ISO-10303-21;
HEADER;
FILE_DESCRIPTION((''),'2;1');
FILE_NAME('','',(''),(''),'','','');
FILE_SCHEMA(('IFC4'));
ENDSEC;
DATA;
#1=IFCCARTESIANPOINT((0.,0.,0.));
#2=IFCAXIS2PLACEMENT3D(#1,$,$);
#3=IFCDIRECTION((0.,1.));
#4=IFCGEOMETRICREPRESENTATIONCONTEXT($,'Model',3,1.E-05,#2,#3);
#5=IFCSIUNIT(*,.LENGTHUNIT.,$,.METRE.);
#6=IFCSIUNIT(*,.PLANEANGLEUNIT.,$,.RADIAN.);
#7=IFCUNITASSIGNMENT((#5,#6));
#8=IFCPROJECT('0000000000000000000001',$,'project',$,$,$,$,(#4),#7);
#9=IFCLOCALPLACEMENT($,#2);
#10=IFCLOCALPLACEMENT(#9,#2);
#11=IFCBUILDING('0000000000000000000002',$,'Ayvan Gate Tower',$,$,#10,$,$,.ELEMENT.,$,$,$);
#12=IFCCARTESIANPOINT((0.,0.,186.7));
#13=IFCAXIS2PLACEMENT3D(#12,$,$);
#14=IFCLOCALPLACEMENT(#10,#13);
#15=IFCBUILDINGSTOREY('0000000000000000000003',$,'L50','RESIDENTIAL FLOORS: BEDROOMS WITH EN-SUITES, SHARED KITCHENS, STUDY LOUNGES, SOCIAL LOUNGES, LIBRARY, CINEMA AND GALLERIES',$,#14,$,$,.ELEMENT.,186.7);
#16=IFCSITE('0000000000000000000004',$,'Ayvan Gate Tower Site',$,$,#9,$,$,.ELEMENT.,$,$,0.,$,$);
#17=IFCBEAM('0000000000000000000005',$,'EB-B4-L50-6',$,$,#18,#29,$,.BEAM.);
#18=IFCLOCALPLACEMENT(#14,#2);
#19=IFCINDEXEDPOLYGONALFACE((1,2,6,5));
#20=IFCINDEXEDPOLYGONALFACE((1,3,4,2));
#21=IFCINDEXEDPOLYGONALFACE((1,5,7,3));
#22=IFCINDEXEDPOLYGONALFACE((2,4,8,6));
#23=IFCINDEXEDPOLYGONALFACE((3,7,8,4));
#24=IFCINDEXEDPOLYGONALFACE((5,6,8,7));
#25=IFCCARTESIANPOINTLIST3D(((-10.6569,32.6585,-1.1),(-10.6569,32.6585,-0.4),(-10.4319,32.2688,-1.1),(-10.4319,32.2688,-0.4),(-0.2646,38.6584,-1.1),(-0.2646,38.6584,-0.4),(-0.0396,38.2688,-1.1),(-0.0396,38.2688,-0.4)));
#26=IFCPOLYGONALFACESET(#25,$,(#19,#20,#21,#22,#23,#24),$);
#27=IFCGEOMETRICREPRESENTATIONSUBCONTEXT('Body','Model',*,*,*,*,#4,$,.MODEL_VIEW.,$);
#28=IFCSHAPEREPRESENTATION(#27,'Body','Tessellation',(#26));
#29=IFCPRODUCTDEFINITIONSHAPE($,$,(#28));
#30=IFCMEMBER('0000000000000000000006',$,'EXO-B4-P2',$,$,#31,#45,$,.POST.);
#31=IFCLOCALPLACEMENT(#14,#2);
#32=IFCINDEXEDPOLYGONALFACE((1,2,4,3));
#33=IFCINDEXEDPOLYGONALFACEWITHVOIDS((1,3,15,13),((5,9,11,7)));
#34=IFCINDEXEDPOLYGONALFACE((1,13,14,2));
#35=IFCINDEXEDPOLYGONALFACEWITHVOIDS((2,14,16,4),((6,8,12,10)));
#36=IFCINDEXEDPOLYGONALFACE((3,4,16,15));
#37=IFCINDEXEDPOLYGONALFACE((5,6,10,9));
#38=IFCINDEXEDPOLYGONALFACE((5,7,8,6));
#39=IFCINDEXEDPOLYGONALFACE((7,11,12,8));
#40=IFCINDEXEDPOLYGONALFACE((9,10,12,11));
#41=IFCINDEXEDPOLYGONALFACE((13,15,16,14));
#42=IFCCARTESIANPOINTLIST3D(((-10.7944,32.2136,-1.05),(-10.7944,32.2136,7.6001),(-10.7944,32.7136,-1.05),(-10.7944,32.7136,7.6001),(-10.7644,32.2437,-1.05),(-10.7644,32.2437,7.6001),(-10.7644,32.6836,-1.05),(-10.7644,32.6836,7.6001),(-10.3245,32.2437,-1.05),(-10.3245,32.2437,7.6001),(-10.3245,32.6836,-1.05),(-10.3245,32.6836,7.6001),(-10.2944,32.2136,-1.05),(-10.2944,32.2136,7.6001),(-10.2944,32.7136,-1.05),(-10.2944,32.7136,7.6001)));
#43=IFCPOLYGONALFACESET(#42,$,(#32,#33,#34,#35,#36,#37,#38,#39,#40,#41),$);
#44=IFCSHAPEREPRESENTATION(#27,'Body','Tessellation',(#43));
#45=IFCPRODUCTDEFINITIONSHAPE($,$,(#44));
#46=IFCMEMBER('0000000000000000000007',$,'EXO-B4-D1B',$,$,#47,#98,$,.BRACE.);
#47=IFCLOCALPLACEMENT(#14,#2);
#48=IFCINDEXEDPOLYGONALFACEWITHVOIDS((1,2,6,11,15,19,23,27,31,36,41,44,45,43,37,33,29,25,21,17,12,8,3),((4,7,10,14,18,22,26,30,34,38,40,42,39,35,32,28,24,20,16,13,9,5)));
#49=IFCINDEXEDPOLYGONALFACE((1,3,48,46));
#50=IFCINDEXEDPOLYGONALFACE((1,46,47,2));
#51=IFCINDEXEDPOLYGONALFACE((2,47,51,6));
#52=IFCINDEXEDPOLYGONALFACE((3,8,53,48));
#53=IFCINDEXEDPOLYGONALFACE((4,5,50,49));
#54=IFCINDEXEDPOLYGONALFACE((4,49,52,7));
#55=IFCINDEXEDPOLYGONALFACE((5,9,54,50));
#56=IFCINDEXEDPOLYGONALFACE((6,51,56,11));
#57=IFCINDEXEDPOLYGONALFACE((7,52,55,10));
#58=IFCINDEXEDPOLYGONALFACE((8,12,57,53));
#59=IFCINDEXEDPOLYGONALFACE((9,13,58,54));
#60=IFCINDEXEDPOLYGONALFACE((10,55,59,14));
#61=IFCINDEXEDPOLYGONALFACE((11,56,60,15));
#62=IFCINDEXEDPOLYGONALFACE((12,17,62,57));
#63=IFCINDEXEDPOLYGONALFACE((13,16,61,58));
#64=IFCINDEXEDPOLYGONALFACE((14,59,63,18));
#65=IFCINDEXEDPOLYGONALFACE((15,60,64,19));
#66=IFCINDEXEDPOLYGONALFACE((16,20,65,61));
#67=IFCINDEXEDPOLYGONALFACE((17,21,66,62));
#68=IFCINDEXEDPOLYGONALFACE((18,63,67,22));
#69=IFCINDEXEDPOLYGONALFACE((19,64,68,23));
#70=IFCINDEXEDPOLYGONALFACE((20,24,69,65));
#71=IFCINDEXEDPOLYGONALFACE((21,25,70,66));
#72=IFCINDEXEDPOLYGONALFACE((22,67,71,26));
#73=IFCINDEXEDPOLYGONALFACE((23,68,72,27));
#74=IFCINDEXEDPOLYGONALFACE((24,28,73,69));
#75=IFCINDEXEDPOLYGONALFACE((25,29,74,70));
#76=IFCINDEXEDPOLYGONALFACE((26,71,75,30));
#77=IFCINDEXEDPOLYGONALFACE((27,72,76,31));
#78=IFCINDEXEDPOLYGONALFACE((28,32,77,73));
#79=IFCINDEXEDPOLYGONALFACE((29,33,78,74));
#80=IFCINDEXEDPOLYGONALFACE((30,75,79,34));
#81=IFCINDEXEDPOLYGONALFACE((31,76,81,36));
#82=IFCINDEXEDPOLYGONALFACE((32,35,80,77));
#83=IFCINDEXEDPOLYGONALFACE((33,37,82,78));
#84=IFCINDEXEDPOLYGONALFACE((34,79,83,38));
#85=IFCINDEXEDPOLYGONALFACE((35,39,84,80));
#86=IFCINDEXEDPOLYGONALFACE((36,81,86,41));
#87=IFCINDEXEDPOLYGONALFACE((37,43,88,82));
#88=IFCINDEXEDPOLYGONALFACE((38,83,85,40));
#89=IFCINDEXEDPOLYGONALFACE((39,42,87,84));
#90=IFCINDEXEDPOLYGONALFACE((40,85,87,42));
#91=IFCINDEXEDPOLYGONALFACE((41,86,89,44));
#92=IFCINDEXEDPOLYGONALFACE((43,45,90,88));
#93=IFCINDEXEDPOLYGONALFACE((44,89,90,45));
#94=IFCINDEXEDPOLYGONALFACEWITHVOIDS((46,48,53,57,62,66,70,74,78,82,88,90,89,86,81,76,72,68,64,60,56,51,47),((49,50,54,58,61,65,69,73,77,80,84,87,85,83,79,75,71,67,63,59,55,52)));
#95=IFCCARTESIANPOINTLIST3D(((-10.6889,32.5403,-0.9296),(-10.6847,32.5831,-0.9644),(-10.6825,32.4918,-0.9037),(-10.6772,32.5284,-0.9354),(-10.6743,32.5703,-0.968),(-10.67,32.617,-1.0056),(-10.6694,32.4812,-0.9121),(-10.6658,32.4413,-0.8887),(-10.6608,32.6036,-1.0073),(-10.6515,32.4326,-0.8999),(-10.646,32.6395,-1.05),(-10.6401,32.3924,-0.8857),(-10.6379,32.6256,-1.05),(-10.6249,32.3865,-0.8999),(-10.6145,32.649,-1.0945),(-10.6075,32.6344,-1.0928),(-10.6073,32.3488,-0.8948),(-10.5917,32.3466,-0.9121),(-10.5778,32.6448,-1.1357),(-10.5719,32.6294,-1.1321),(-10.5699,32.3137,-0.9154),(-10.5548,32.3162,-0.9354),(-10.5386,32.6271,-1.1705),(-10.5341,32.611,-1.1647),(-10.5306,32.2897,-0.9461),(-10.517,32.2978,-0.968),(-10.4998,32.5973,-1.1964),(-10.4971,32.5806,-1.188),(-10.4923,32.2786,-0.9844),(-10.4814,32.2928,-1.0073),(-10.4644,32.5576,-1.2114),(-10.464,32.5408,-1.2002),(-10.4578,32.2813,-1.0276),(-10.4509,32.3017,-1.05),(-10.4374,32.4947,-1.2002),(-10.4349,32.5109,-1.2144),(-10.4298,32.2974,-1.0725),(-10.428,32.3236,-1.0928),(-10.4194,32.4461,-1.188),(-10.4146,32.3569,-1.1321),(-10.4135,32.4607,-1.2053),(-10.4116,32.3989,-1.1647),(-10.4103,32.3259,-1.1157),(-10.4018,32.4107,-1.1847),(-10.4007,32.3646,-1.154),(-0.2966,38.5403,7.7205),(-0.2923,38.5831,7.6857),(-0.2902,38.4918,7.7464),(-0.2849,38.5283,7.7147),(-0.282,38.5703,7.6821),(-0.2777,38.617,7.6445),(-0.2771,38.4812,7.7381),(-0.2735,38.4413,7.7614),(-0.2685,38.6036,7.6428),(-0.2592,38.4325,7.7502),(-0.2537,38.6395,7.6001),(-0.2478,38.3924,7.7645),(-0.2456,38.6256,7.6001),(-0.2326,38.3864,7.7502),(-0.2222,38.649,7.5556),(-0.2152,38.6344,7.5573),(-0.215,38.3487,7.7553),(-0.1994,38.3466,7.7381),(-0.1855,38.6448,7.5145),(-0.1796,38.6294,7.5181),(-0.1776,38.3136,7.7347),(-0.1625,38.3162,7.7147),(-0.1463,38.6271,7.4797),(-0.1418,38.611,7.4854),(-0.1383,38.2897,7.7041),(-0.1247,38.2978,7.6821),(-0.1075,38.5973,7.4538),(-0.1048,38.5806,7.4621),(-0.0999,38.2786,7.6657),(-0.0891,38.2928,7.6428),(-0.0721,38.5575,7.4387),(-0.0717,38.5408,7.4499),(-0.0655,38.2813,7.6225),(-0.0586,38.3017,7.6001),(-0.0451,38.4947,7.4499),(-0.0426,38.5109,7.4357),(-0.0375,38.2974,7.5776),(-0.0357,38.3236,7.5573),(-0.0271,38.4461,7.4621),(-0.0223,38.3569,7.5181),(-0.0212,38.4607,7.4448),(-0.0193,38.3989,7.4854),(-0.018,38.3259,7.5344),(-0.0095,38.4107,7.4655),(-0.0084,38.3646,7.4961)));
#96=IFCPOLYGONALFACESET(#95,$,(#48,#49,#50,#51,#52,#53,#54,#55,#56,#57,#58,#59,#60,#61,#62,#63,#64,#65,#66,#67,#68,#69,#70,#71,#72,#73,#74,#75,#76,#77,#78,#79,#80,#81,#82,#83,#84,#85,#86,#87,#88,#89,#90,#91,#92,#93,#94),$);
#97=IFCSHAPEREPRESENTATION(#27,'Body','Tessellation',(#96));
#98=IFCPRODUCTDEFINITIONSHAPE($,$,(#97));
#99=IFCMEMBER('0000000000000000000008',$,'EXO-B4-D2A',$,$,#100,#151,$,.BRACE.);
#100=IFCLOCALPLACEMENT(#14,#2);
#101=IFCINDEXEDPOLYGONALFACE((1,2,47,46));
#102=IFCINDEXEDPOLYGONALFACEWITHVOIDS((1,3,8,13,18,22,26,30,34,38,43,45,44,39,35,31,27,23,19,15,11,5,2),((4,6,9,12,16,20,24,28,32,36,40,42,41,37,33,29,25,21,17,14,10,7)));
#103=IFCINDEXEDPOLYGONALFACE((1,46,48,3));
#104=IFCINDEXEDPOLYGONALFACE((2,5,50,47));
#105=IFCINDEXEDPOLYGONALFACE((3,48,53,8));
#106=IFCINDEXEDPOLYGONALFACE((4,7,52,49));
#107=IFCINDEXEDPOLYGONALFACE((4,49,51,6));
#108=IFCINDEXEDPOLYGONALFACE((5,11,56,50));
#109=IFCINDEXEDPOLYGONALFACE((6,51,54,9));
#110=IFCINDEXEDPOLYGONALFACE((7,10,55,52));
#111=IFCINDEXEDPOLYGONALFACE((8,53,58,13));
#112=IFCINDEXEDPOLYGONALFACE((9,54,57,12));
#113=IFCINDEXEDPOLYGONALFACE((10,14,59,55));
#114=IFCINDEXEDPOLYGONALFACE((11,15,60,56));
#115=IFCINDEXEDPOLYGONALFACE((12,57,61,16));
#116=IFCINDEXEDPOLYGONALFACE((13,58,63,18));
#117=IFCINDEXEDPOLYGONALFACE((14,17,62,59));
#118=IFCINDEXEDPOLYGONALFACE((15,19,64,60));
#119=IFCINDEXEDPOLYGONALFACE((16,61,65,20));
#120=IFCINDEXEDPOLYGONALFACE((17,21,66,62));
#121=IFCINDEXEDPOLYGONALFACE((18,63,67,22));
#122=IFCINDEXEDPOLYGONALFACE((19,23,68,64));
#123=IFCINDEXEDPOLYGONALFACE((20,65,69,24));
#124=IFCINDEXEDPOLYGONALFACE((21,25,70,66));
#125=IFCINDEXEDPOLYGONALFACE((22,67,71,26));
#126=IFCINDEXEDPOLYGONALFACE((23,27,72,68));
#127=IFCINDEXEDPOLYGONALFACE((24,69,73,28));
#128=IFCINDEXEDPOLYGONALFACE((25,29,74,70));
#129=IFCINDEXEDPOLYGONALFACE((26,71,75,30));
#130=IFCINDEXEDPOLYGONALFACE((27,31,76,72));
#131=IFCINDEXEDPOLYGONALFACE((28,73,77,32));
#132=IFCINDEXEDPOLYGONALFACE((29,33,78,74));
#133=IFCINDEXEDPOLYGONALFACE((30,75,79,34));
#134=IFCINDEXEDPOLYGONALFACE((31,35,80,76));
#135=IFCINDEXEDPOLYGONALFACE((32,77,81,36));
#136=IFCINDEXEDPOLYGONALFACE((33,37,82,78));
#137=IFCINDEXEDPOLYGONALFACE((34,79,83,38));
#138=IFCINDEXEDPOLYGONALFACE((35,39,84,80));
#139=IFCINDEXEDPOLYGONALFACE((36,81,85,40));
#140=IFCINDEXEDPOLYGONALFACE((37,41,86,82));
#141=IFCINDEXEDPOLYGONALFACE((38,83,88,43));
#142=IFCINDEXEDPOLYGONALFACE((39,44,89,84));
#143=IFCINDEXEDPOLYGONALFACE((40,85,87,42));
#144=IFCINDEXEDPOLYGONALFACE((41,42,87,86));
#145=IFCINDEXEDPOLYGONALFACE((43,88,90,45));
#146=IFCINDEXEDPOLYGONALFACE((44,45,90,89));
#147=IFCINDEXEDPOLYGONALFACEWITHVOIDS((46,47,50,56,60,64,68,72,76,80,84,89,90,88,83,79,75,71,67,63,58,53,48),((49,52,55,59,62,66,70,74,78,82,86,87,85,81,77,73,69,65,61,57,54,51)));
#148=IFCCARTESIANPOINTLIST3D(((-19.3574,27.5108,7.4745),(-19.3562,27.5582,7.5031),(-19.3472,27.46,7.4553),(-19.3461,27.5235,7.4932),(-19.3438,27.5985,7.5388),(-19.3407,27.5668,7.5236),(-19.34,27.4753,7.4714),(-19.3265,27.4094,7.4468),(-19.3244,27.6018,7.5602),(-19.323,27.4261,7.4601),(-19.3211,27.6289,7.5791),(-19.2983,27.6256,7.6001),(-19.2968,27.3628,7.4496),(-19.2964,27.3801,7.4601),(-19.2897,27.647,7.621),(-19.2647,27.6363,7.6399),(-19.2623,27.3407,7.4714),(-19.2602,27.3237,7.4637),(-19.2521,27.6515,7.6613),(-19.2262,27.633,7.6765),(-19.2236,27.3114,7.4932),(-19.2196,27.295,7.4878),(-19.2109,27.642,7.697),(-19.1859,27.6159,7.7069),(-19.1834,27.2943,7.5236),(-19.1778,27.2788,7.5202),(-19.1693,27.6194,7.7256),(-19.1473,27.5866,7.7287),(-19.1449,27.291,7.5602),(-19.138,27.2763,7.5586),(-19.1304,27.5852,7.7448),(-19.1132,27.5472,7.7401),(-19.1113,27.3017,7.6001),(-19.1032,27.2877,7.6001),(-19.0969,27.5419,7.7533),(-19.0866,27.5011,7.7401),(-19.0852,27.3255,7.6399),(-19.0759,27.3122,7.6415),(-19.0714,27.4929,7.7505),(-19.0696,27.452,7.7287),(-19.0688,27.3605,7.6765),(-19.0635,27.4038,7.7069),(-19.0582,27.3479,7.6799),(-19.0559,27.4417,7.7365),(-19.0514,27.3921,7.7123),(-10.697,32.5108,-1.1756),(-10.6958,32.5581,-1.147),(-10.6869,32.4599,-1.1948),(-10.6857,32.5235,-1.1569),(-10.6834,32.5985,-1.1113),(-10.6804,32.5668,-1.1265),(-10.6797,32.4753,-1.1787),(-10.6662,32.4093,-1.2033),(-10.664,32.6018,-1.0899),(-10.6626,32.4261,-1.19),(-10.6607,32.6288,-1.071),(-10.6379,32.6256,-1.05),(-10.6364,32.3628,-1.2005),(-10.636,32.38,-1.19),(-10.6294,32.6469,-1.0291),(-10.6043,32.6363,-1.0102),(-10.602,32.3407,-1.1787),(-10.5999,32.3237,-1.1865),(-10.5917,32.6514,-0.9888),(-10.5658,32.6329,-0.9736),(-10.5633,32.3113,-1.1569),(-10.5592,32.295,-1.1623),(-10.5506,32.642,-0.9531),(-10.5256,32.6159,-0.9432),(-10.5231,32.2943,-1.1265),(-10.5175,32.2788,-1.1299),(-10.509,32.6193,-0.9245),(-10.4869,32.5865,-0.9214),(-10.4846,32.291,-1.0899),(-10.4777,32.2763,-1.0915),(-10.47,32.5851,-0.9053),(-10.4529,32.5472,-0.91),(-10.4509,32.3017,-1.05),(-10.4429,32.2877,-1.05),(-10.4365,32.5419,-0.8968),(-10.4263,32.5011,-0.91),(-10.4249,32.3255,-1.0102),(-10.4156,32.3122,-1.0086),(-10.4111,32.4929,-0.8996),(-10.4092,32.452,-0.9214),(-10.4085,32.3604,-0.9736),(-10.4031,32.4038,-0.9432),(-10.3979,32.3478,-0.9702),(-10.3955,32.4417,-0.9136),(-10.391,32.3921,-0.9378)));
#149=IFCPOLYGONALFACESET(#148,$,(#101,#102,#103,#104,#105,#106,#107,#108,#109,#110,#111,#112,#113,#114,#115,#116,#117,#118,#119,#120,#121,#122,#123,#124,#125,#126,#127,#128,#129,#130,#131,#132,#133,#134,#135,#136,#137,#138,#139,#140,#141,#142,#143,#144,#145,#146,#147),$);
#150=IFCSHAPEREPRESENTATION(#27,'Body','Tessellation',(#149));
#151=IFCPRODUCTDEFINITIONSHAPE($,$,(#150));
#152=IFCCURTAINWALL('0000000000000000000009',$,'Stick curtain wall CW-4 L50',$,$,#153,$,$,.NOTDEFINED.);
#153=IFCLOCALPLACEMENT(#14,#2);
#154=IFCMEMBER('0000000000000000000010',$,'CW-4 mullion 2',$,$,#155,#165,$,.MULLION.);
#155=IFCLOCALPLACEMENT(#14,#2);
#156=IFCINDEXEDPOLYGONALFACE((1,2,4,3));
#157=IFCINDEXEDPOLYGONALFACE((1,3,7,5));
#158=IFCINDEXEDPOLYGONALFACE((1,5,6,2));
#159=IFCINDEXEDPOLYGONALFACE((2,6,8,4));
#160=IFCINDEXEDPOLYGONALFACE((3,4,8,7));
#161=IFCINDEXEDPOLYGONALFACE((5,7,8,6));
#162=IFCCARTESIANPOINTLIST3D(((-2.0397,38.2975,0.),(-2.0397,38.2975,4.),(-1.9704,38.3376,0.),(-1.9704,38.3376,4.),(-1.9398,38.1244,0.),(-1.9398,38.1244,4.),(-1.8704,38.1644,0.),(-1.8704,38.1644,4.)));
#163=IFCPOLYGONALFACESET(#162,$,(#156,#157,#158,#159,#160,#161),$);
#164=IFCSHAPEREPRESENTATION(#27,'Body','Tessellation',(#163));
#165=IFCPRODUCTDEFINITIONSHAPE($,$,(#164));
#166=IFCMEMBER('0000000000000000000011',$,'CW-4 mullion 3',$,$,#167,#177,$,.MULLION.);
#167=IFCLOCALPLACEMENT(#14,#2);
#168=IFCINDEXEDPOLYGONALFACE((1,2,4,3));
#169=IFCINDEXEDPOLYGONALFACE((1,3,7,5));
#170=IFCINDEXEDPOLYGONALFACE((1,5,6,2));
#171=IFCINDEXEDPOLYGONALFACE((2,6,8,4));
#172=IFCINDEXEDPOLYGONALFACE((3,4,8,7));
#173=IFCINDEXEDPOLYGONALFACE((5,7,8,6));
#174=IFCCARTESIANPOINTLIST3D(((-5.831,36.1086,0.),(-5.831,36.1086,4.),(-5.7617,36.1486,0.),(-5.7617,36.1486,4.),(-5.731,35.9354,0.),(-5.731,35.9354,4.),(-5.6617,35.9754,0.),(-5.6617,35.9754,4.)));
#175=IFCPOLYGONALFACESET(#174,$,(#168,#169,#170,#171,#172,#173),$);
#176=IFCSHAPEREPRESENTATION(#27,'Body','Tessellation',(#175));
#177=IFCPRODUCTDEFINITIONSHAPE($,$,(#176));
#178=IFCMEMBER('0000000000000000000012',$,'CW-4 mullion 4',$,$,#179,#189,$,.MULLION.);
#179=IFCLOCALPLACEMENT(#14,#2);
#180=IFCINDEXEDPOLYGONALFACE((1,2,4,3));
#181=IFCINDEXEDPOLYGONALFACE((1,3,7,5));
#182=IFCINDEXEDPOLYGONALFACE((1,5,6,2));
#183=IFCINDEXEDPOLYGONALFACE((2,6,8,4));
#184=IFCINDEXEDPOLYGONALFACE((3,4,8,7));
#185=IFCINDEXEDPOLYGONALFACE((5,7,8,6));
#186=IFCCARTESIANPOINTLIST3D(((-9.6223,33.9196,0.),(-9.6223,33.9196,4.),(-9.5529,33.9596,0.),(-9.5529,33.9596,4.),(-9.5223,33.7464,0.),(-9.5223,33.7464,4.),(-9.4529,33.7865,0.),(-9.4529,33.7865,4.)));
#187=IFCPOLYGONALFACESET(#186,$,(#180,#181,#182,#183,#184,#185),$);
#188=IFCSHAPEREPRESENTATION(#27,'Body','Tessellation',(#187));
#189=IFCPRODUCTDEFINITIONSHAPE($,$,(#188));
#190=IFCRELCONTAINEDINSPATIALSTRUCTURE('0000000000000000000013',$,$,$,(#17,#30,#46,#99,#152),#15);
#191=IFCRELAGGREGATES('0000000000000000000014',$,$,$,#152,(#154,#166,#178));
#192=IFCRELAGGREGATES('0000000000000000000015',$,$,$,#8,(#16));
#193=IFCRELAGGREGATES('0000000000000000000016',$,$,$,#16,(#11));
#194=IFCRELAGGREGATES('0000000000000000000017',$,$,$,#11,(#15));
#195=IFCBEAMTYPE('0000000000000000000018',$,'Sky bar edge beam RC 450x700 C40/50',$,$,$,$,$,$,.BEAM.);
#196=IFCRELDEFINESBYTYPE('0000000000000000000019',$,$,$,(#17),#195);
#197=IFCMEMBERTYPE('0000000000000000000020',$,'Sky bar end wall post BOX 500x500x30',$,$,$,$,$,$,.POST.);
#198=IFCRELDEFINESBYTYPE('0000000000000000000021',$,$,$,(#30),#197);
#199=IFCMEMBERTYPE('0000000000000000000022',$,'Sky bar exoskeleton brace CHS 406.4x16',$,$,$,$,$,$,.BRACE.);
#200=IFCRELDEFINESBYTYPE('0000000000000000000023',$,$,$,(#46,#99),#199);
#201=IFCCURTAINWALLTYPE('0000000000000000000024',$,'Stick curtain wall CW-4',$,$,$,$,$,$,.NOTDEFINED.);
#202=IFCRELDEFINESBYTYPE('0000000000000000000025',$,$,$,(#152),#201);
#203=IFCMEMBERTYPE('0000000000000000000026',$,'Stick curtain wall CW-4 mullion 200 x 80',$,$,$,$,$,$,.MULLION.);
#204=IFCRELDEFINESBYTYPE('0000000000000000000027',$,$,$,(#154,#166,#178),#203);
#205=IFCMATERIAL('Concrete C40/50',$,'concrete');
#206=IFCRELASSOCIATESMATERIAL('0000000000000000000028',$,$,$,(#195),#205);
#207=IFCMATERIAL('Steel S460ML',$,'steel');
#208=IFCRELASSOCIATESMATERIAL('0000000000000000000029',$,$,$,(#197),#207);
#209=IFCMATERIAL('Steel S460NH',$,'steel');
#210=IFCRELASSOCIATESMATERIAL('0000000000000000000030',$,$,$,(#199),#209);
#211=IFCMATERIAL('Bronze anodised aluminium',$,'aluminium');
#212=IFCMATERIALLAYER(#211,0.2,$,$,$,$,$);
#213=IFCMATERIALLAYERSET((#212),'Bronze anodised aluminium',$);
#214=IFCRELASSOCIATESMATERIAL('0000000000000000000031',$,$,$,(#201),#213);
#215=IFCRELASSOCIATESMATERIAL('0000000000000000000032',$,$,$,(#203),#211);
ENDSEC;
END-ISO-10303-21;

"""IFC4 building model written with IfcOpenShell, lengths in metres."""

from ifc_helpers import new_model, si_unit, direction, frame, origin, origin_2d, place, context, subcontext, project, spatial, rectangle, hollow_rectangle, hollow_circle, extrude, material, layer, layer_set, material_profile, profile_set, type_object, element, aggregate, save


model = new_model("IFC4")

# Units and contexts
model_context = context("Model", 3, precision=1e-05, world=origin(), true_north=direction((0.0, 1.0)))
body_context = subcontext(model_context, "Body", "Model", "MODEL_VIEW")
ifc_project = project(units=[si_unit("LENGTHUNIT", "METRE"), si_unit("PLANEANGLEUNIT", "RADIAN")], contexts=[model_context])

# Site, building, storey
site_placement = place(None, origin())
site = spatial("IfcSite", under=ifc_project, at=site_placement, Name="Ayvan Gate Tower Site", CompositionType="ELEMENT", RefElevation=0.0)
building_placement = place(site_placement, origin())
building = spatial("IfcBuilding", under=site, at=building_placement, Name="Ayvan Gate Tower", CompositionType="ELEMENT")
storey_placement = place(building_placement, frame((0.0, 0.0, 186.7)))
storey = spatial("IfcBuildingStorey", under=building, at=storey_placement, Name="L50", Description="RESIDENTIAL FLOORS: BEDROOMS WITH EN-SUITES, SHARED KITCHENS, STUDY LOUNGES, SOCIAL LOUNGES, LIBRARY, CINEMA AND GALLERIES", CompositionType="ELEMENT", Elevation=186.7)

# Beam
ifc_material_1 = material(Name="Concrete C40/50", Category="concrete")
ifc_material_profile_1 = material_profile(ifc_material_1, rectangle(XDim=0.45, YDim=0.7, at=origin_2d()), Name="RC 450x700")
ifc_profile_set_1 = profile_set([ifc_material_profile_1], Name="Concrete C40/50")
beam_type = type_object("IfcBeamType", Name="Sky bar edge beam RC 450x700 C40/50", PredefinedType="BEAM", material=ifc_profile_set_1)
beam_placement = place(storey_placement, frame((-10.5444, 32.4636, -0.75), z_axis=(0.866026, 0.499999, 0.0), x_axis=(-0.499999, 0.866026, 0.0)))
element("IfcBeam", 1, at=beam_placement, inside=storey, type_object=beam_type, Name="EB-B4-L50-6", PredefinedType="BEAM", context=body_context, shape_type="SweptSolid", body=[
    extrude(rectangle(XDim=0.45, YDim=0.7, at=origin_2d()), origin(), (0.0, 0.0, 1.0), 12.0),
])

# Members
ifc_material_2 = material(Name="Steel S460ML", Category="steel")
ifc_material_profile_2 = material_profile(ifc_material_2, hollow_rectangle(XDim=0.5, YDim=0.5, WallThickness=0.03, at=origin_2d()), Name="BOX 500x500x30")
ifc_profile_set_2 = profile_set([ifc_material_profile_2], Name="Steel S460ML")
member_type_1 = type_object("IfcMemberType", Name="Sky bar end wall post BOX 500x500x30", PredefinedType="POST", material=ifc_profile_set_2)
member_1_placement = place(storey_placement, frame((-10.5444, 32.4636, -1.05), z_axis=(0.0, 0.0, 1.0), x_axis=(1.0, 0.0, 0.0)))
element("IfcMember", 2, at=member_1_placement, inside=storey, type_object=member_type_1, Name="EXO-B4-P2", PredefinedType="POST", context=body_context, shape_type="SweptSolid", body=[
    extrude(hollow_rectangle(XDim=0.5, YDim=0.5, WallThickness=0.03, at=origin_2d()), origin(), (0.0, 0.0, 1.0), 8.6501),
])
ifc_material_3 = material(Name="Steel S460NH", Category="steel")
ifc_material_profile_3 = material_profile(ifc_material_3, hollow_circle(Radius=0.2031, WallThickness=0.0161, at=origin_2d()), Name="CHS 406.4x16")
ifc_profile_set_3 = profile_set([ifc_material_profile_3], Name="Steel S460NH")
member_type_2 = type_object("IfcMemberType", Name="Sky bar exoskeleton brace CHS 406.4x16", PredefinedType="BRACE", material=ifc_profile_set_3)
member_2_placement = place(storey_placement, frame((-10.5444, 32.4636, -1.05), z_axis=(0.702529, 0.405604, 0.584756), x_axis=(-0.499999, 0.866026, 0.0)))
element("IfcMember", 3, at=member_2_placement, inside=storey, type_object=member_type_2, Name="EXO-B4-D1B", PredefinedType="BRACE", context=body_context, shape_type="SweptSolid", body=[
    extrude(hollow_circle(Radius=0.2031, WallThickness=0.0161, at=origin_2d()), origin(), (0.0, 0.0, 1.0), 14.7927),
])
member_3_placement = place(storey_placement, frame((-10.5444, 32.4636, -1.05), z_axis=(-0.654987, -0.378151, 0.654212), x_axis=(0.499994, -0.866029, 0.0)))
element("IfcMember", 4, at=member_3_placement, inside=storey, type_object=member_type_2, Name="EXO-B4-D2A", PredefinedType="BRACE", context=body_context, shape_type="SweptSolid", body=[
    extrude(hollow_circle(Radius=0.2031, WallThickness=0.0161, at=origin_2d()), origin(), (0.0, 0.0, 1.0), 13.2222),
])

# Curtain wall, members
ifc_material_4 = material(Name="Bronze anodised aluminium", Category="aluminium")
ifc_layer_1 = layer(ifc_material_4, 0.2)
ifc_layer_set_1 = layer_set([ifc_layer_1], Name="Bronze anodised aluminium")
curtain_wall_type = type_object("IfcCurtainWallType", Name="Stick curtain wall CW-4", PredefinedType="NOTDEFINED", material=ifc_layer_set_1)
curtain_wall_placement = place(storey_placement, origin())
curtain_wall = element("IfcCurtainWall", 5, at=curtain_wall_placement, inside=storey, type_object=curtain_wall_type, Name="Stick curtain wall CW-4 L50", PredefinedType="NOTDEFINED")
ifc_material_profile_4 = material_profile(ifc_material_4, rectangle(XDim=0.2, YDim=0.0801, at=origin_2d()), Name="Stick curtain wall CW-4 mullion 200 x 80")
ifc_profile_set_4 = profile_set([ifc_material_profile_4], Name="Bronze anodised aluminium")
member_type_3 = type_object("IfcMemberType", Name="Stick curtain wall CW-4 mullion 200 x 80", PredefinedType="MULLION", material=ifc_profile_set_4)
member_4_placement = place(storey_placement, frame((-1.9551, 38.231, 0.0), z_axis=(0.0, 0.0, 1.0), x_axis=(-0.5, 0.866025, 0.0)))
member_4 = element("IfcMember", 6, at=member_4_placement, type_object=member_type_3, Name="CW-4 mullion 2", PredefinedType="MULLION", context=body_context, shape_type="SweptSolid", body=[
    extrude(rectangle(XDim=0.2, YDim=0.0801, at=origin_2d()), origin(), (0.0, 0.0, 1.0), 4.0),
])
member_5_placement = place(storey_placement, frame((-5.7463, 36.042, 0.0), z_axis=(0.0, 0.0, 1.0), x_axis=(-0.5, 0.866025, 0.0)))
member_5 = element("IfcMember", 7, at=member_5_placement, type_object=member_type_3, Name="CW-4 mullion 3", PredefinedType="MULLION", context=body_context, shape_type="SweptSolid", body=[
    extrude(rectangle(XDim=0.2, YDim=0.0801, at=origin_2d()), origin(), (0.0, 0.0, 1.0), 4.0),
])
member_6_placement = place(storey_placement, frame((-9.5376, 33.853, 0.0), z_axis=(0.0, 0.0, 1.0), x_axis=(-0.5, 0.866025, 0.0)))
member_6 = element("IfcMember", 8, at=member_6_placement, type_object=member_type_3, Name="CW-4 mullion 4", PredefinedType="MULLION", context=body_context, shape_type="SweptSolid", body=[
    extrude(rectangle(XDim=0.2, YDim=0.0801, at=origin_2d()), origin(), (0.0, 0.0, 1.0), 4.0),
])
aggregate(curtain_wall, [member_4, member_5, member_6])

save(model, "model.ifc")
